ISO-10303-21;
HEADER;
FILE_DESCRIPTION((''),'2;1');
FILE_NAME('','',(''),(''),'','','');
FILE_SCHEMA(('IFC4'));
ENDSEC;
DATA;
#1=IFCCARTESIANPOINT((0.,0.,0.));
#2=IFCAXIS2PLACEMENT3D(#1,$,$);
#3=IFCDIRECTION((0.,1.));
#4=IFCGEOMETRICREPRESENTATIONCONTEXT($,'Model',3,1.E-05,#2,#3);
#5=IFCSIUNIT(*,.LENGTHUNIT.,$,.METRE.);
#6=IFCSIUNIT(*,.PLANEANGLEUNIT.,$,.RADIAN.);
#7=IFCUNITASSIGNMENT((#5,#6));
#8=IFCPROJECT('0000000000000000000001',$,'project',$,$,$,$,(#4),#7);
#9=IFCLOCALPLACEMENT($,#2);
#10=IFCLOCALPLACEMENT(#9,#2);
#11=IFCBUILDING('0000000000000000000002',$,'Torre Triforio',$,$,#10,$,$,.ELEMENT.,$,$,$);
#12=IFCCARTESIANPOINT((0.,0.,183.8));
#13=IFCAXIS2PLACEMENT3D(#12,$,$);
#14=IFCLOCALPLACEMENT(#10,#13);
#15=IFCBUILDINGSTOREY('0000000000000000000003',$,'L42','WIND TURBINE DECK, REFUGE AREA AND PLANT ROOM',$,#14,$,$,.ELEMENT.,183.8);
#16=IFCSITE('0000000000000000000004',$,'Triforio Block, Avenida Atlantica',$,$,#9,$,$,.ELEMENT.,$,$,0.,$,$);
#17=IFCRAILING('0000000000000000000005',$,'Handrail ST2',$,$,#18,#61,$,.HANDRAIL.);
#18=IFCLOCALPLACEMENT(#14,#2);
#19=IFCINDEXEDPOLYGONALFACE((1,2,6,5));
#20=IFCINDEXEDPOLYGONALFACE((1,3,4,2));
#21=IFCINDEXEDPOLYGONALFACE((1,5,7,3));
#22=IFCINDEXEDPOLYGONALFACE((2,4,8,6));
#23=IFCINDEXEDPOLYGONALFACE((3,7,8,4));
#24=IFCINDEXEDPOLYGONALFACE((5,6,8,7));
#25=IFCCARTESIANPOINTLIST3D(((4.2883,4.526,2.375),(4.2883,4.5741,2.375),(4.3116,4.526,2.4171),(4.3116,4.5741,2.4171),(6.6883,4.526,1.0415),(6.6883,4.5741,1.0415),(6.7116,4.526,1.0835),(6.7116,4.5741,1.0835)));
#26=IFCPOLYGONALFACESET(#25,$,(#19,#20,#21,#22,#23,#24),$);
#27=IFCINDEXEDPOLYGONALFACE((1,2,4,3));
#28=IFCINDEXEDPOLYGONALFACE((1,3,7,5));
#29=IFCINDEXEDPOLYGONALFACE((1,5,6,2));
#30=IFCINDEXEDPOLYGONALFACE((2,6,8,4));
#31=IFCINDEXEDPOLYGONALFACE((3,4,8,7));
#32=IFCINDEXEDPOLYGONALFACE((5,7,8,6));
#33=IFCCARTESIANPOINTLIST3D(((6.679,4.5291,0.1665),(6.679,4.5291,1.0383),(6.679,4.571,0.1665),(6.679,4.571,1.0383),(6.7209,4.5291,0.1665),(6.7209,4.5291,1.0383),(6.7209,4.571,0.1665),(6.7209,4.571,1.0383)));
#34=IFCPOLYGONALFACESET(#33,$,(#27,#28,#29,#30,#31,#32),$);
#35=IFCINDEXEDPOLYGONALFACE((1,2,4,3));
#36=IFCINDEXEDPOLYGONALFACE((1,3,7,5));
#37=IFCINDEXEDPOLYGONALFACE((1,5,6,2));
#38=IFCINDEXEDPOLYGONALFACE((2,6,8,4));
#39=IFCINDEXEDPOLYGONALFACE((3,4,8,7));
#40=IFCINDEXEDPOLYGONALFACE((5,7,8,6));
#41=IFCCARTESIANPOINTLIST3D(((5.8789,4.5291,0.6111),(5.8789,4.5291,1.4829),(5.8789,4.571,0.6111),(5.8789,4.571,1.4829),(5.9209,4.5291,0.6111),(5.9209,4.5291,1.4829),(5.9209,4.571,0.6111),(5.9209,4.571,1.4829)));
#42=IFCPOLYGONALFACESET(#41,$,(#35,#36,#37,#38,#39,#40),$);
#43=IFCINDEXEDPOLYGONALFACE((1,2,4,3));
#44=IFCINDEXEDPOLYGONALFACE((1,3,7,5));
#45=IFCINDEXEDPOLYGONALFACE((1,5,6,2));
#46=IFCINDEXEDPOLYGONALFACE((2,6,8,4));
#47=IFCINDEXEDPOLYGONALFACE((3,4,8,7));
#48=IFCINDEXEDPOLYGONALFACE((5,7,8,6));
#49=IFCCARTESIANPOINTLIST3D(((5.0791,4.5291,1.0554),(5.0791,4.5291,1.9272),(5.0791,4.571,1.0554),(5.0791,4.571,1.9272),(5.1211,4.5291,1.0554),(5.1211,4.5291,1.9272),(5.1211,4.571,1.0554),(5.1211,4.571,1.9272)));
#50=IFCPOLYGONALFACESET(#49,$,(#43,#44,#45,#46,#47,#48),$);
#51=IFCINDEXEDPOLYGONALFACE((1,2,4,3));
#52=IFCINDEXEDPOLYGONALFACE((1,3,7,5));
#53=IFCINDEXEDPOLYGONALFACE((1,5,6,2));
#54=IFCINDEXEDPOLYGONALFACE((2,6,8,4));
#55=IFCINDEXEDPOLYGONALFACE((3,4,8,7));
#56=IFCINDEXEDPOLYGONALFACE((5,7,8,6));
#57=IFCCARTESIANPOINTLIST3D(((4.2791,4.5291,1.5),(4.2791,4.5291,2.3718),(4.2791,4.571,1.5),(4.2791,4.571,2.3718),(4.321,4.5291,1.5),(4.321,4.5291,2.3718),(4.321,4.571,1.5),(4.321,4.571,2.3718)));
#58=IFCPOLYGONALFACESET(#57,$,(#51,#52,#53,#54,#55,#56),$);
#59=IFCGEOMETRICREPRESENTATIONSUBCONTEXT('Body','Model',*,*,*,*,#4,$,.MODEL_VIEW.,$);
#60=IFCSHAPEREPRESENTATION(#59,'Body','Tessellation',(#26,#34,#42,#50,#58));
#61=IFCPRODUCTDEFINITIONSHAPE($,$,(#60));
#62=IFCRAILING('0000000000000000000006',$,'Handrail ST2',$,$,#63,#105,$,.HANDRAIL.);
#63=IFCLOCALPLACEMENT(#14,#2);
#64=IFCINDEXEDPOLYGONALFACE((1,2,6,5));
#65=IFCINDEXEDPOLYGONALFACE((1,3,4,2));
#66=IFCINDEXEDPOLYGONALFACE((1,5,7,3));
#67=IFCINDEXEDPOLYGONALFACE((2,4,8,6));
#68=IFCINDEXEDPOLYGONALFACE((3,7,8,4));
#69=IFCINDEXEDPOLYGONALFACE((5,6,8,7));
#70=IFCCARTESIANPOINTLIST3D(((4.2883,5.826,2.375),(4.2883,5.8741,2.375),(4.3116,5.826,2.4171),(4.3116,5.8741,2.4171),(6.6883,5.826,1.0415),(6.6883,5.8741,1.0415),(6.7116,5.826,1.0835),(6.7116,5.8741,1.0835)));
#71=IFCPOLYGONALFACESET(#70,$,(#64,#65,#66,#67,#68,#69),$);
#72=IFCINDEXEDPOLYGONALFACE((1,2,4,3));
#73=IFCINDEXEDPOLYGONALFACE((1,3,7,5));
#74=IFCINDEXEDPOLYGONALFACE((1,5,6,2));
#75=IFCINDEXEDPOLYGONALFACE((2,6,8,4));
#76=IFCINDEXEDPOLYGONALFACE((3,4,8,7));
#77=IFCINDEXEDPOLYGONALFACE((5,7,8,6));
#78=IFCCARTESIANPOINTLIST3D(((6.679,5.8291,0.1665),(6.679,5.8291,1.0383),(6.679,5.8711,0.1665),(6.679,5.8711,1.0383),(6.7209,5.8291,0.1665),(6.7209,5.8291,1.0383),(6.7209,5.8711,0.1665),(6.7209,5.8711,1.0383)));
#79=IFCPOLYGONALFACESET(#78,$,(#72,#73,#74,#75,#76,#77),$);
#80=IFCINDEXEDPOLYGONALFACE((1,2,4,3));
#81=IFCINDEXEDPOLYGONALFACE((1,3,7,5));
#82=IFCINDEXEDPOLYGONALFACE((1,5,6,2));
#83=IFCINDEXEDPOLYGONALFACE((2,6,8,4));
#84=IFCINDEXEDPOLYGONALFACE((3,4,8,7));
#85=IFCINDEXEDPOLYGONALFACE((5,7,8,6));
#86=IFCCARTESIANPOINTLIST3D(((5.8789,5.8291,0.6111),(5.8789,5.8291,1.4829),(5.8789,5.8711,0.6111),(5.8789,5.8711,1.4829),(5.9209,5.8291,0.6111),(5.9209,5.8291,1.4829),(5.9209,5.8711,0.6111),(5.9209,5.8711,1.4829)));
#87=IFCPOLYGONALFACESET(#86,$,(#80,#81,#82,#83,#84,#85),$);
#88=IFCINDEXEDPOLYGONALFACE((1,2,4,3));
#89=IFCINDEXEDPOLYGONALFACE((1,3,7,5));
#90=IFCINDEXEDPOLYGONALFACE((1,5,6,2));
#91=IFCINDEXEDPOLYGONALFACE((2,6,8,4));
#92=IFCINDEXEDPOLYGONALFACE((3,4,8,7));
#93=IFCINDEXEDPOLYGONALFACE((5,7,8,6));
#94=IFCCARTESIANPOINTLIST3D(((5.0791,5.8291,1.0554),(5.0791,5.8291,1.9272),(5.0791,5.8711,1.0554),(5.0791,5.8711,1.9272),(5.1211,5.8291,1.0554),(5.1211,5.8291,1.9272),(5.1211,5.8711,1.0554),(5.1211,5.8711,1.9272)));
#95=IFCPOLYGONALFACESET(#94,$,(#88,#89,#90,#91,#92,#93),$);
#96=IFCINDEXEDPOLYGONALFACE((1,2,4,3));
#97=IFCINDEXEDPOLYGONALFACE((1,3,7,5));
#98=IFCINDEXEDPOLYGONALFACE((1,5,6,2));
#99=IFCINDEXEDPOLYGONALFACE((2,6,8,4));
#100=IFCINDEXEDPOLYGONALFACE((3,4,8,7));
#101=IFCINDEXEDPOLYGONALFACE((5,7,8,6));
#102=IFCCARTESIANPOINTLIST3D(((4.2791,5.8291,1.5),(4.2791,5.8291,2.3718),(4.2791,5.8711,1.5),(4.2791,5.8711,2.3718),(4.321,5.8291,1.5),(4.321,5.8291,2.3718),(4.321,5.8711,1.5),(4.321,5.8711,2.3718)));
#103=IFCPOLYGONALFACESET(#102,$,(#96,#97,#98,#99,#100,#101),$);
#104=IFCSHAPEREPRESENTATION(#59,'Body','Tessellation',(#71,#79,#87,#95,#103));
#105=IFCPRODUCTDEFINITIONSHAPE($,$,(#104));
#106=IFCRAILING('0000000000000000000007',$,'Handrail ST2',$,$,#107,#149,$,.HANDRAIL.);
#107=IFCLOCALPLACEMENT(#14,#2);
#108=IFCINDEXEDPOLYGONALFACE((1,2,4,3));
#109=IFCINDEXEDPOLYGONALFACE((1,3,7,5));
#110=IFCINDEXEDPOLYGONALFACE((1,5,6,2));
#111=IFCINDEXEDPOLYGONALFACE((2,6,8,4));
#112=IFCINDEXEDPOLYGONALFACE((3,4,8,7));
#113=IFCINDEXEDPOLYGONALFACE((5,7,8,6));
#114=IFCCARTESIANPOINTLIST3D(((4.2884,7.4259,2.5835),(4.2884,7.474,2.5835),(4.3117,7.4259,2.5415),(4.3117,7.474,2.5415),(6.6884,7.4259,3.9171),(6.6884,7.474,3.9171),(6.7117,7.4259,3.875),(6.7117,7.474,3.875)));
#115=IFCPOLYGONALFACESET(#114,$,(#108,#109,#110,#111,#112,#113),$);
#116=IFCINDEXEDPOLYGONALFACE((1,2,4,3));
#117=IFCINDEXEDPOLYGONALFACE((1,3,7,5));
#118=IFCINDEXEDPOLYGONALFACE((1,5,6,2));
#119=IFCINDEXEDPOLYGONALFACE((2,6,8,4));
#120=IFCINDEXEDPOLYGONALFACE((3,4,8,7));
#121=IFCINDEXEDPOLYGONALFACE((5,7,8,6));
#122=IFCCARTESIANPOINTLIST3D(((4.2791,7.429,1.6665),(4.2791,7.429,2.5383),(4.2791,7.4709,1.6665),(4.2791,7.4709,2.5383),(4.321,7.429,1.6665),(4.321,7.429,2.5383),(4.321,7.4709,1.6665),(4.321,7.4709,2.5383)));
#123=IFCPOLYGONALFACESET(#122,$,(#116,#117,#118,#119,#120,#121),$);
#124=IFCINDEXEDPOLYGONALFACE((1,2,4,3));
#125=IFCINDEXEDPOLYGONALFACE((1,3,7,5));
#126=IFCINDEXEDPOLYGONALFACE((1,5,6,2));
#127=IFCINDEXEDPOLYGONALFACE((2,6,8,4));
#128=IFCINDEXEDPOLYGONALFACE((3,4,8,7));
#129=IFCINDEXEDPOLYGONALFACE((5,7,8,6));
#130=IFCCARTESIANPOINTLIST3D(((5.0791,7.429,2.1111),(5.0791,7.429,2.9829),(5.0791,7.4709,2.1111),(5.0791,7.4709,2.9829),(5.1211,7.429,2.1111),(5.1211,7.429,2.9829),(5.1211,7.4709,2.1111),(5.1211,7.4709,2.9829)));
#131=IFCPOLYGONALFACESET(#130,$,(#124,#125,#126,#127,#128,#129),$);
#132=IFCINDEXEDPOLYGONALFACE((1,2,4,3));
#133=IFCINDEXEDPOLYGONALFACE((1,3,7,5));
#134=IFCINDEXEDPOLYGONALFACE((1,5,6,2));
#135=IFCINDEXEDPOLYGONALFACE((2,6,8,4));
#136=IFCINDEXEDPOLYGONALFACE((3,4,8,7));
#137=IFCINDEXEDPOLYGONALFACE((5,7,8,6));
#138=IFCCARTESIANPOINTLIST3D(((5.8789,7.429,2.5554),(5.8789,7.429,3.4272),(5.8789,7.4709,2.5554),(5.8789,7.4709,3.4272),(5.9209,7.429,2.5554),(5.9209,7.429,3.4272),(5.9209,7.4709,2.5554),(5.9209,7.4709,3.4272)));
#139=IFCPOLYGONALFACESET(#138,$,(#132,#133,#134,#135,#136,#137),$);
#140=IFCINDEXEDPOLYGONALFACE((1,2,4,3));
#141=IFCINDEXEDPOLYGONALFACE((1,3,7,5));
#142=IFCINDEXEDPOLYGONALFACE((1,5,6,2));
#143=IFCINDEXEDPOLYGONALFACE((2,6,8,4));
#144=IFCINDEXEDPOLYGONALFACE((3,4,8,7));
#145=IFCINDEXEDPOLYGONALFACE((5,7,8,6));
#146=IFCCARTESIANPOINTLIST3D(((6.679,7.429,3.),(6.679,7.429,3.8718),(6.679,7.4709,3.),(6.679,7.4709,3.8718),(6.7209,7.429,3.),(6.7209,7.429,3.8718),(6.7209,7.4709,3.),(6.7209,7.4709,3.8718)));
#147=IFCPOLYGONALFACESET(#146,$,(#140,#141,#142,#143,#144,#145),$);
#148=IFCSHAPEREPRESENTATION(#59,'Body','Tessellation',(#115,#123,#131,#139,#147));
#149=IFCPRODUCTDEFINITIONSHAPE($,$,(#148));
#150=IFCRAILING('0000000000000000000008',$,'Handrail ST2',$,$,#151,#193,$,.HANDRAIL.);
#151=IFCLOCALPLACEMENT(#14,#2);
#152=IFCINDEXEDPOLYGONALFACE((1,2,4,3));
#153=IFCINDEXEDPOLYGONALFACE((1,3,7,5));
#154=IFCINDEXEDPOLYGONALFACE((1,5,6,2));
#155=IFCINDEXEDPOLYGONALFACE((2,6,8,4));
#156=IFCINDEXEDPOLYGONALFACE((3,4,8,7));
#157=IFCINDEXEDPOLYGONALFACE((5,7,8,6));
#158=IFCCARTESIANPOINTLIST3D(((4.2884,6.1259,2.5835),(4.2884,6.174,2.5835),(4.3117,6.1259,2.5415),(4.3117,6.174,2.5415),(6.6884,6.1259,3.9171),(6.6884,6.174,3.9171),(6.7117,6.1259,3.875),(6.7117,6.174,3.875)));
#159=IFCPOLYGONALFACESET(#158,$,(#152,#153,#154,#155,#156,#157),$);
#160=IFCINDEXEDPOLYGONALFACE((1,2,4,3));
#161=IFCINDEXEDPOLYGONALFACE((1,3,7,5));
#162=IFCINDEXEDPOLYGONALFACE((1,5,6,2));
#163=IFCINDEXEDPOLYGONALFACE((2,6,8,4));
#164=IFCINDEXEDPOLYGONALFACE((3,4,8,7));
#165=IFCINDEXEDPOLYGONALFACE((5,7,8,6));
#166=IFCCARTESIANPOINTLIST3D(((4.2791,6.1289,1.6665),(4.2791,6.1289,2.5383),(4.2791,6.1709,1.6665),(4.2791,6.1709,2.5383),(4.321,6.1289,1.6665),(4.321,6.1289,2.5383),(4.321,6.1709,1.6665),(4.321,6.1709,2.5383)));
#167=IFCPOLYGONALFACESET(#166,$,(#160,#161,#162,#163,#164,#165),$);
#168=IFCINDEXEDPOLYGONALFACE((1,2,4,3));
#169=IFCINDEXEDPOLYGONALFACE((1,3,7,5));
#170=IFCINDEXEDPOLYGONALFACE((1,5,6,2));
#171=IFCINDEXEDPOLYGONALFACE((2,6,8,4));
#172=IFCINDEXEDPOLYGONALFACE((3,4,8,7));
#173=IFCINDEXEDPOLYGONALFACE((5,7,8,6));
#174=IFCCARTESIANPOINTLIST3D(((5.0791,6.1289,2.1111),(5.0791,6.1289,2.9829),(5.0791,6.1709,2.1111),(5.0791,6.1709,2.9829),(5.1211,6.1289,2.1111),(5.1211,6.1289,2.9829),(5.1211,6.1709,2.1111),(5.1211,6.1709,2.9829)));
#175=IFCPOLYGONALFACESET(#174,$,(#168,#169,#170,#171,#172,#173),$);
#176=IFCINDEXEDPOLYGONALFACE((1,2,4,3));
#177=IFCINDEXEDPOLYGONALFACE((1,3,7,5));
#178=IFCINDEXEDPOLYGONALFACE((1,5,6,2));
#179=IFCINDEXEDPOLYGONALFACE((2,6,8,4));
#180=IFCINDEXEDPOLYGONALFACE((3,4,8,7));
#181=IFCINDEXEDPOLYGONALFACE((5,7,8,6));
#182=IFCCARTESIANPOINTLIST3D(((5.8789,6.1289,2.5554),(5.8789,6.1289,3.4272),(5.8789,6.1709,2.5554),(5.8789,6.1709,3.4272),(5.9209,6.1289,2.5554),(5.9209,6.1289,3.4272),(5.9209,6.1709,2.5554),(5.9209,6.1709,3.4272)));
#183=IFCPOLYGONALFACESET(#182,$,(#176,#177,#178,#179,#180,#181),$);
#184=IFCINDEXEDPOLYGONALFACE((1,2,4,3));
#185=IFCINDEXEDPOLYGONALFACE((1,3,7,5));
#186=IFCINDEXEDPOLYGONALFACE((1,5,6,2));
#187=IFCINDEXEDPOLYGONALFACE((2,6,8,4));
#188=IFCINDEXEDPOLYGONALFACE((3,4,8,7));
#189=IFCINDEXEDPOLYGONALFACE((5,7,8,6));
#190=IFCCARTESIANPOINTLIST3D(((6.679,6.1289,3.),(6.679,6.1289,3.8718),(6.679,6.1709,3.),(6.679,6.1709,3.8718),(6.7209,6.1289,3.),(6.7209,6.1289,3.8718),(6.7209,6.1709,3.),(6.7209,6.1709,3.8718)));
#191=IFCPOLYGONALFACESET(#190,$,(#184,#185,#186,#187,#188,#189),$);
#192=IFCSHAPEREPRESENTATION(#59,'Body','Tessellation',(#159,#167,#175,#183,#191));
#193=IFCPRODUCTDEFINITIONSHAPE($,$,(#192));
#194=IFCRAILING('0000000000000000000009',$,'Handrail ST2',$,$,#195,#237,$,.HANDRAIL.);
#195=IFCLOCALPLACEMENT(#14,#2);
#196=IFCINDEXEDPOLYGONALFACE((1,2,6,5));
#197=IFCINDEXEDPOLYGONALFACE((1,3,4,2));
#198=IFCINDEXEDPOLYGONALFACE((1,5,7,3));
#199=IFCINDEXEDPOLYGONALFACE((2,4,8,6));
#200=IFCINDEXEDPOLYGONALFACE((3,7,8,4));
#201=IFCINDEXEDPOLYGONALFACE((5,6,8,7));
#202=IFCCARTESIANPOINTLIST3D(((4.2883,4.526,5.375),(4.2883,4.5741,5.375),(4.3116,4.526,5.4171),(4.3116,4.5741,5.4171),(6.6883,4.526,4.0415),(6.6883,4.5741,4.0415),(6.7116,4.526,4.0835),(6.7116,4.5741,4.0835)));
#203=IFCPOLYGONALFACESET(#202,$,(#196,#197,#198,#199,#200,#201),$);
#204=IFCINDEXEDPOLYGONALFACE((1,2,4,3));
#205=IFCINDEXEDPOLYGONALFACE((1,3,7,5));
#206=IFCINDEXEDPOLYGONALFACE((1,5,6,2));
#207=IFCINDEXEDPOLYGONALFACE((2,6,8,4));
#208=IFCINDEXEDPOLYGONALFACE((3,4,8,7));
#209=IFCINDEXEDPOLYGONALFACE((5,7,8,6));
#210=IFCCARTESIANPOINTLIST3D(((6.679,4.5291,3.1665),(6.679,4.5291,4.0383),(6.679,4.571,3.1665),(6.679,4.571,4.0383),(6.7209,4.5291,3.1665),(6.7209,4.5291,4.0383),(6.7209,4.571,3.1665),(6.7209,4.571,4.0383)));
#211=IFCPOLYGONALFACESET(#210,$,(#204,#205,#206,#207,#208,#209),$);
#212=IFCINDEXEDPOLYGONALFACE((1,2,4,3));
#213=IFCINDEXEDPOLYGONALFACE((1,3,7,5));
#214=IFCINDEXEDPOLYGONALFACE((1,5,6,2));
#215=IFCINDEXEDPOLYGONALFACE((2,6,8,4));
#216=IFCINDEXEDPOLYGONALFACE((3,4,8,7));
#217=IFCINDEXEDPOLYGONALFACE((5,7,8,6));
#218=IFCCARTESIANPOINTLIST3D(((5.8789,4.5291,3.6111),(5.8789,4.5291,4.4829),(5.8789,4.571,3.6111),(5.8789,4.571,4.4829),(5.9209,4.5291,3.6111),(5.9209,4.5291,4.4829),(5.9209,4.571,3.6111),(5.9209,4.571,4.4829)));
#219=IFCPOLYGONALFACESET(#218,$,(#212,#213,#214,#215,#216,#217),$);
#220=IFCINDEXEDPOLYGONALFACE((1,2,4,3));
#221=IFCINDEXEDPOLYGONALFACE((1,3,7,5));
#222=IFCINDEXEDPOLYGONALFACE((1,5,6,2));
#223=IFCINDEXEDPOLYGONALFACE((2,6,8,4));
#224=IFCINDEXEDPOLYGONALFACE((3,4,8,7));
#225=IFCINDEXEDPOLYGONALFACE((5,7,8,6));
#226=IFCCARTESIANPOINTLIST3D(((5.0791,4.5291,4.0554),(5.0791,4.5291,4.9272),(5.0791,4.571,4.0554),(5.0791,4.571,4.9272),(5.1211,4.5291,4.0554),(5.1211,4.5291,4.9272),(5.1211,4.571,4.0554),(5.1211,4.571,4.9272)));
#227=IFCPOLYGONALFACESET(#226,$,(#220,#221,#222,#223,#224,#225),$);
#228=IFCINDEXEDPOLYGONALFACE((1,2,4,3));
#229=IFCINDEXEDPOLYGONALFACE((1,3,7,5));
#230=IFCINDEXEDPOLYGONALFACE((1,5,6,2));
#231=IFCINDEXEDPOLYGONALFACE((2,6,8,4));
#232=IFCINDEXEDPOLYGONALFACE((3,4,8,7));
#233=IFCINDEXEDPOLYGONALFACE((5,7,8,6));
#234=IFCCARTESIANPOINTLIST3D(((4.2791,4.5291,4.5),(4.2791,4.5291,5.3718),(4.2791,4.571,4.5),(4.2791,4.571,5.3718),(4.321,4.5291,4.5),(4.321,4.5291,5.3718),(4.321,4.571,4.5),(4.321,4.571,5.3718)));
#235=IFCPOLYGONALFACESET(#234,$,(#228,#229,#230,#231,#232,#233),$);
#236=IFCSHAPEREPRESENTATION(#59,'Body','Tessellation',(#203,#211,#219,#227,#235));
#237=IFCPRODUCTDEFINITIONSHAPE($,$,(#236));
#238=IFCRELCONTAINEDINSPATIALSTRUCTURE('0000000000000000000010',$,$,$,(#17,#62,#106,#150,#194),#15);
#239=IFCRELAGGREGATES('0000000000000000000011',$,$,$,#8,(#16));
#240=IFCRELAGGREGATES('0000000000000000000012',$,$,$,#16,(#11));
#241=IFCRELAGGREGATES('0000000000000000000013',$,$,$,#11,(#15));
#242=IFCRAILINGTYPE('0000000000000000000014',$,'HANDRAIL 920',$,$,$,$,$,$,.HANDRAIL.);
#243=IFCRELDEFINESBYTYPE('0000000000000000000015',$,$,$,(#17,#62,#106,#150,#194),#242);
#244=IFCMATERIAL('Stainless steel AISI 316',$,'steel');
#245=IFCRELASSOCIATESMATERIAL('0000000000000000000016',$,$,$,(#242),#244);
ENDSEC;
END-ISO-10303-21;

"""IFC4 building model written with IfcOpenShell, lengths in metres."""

from ifc_helpers import new_model, si_unit, direction, frame, origin, origin_2d, place, context, subcontext, project, spatial, rectangle, extrude, material, type_object, element, save


model = new_model("IFC4")

# Units and contexts
model_context = context("Model", 3, precision=1e-05, world=origin(), true_north=direction((0.0, 1.0)))
body_context = subcontext(model_context, "Body", "Model", "MODEL_VIEW")
ifc_project = project(units=[si_unit("LENGTHUNIT", "METRE"), si_unit("PLANEANGLEUNIT", "RADIAN")], contexts=[model_context])

# Site, building, storey
site_placement = place(None, origin())
site = spatial("IfcSite", under=ifc_project, at=site_placement, Name="Triforio Block, Avenida Atlantica", CompositionType="ELEMENT", RefElevation=0.0)
building_placement = place(site_placement, origin())
building = spatial("IfcBuilding", under=site, at=building_placement, Name="Torre Triforio", CompositionType="ELEMENT")
storey_placement = place(building_placement, frame((0.0, 0.0, 183.8)))
storey = spatial("IfcBuildingStorey", under=building, at=storey_placement, Name="L42", Description="WIND TURBINE DECK, REFUGE AREA AND PLANT ROOM", CompositionType="ELEMENT", Elevation=183.8)

# Railings
ifc_material_1 = material(Name="Stainless steel AISI 316", Category="steel")
railing_type = type_object("IfcRailingType", Name="HANDRAIL 920", PredefinedType="HANDRAIL", material=ifc_material_1)
for number, where, name in (
    (1, (6.7, 4.55, 0.1665), "Handrail ST2"),
    (2, (6.7, 5.8501, 0.1665), "Handrail ST2"),
):
    element("IfcRailing", number, at=place(storey_placement, frame(where)), inside=storey, type_object=railing_type, Name=name, PredefinedType="HANDRAIL", context=body_context, shape_type="SweptSolid", body=[
        extrude(rectangle(XDim=0.0481, YDim=0.0481, at=origin_2d()), frame((0.0, 0.0, 0.896), z_axis=(-0.874124, 0.0, 0.485703), x_axis=(0.0, -1.0, 0.0)), (0.0, 0.0, 1.0), 2.7456),
        extrude(rectangle(XDim=0.042, YDim=0.042, at=origin_2d()), origin(), (0.0, 0.0, 1.0), 0.8718),
        extrude(rectangle(XDim=0.042, YDim=0.042, at=origin_2d()), frame((-0.8, 0.0, 0.4446)), (0.0, 0.0, 1.0), 0.8718),
        extrude(rectangle(XDim=0.042, YDim=0.042, at=origin_2d()), frame((-1.5999, 0.0, 0.8889)), (0.0, 0.0, 1.0), 0.8718),
        extrude(rectangle(XDim=0.042, YDim=0.042, at=origin_2d()), frame((-2.3999, 0.0, 1.3335)), (0.0, 0.0, 1.0), 0.8718),
    ])
for number, where, name in (
    (3, (4.3, 7.45, 1.6665), "Handrail ST2"),
    (4, (4.3, 6.1499, 1.6665), "Handrail ST2"),
):
    element("IfcRailing", number, at=place(storey_placement, frame(where)), inside=storey, type_object=railing_type, Name=name, PredefinedType="HANDRAIL", context=body_context, shape_type="SweptSolid", body=[
        extrude(rectangle(XDim=0.0481, YDim=0.0481, at=origin_2d()), frame((0.0, 0.0, 0.896), z_axis=(0.874124, 0.0, 0.485703), x_axis=(0.0, 1.0, 0.0)), (0.0, 0.0, 1.0), 2.7456),
        extrude(rectangle(XDim=0.042, YDim=0.042, at=origin_2d()), origin(), (0.0, 0.0, 1.0), 0.8718),
        extrude(rectangle(XDim=0.042, YDim=0.042, at=origin_2d()), frame((0.8, 0.0, 0.4446)), (0.0, 0.0, 1.0), 0.8718),
        extrude(rectangle(XDim=0.042, YDim=0.042, at=origin_2d()), frame((1.5999, 0.0, 0.8889)), (0.0, 0.0, 1.0), 0.8718),
        extrude(rectangle(XDim=0.042, YDim=0.042, at=origin_2d()), frame((2.3999, 0.0, 1.3335)), (0.0, 0.0, 1.0), 0.8718),
    ])
for number, where, name in (
    (5, (6.7, 4.55, 3.1665), "Handrail ST2"),
):
    element("IfcRailing", number, at=place(storey_placement, frame(where)), inside=storey, type_object=railing_type, Name=name, PredefinedType="HANDRAIL", context=body_context, shape_type="SweptSolid", body=[
        extrude(rectangle(XDim=0.0481, YDim=0.0481, at=origin_2d()), frame((0.0, 0.0, 0.896), z_axis=(-0.874124, 0.0, 0.485703), x_axis=(0.0, -1.0, 0.0)), (0.0, 0.0, 1.0), 2.7456),
        extrude(rectangle(XDim=0.042, YDim=0.042, at=origin_2d()), origin(), (0.0, 0.0, 1.0), 0.8718),
        extrude(rectangle(XDim=0.042, YDim=0.042, at=origin_2d()), frame((-0.8, 0.0, 0.4446)), (0.0, 0.0, 1.0), 0.8718),
        extrude(rectangle(XDim=0.042, YDim=0.042, at=origin_2d()), frame((-1.5999, 0.0, 0.8889)), (0.0, 0.0, 1.0), 0.8718),
        extrude(rectangle(XDim=0.042, YDim=0.042, at=origin_2d()), frame((-2.3999, 0.0, 1.3335)), (0.0, 0.0, 1.0), 0.8718),
    ])

save(model, "model.ifc")
